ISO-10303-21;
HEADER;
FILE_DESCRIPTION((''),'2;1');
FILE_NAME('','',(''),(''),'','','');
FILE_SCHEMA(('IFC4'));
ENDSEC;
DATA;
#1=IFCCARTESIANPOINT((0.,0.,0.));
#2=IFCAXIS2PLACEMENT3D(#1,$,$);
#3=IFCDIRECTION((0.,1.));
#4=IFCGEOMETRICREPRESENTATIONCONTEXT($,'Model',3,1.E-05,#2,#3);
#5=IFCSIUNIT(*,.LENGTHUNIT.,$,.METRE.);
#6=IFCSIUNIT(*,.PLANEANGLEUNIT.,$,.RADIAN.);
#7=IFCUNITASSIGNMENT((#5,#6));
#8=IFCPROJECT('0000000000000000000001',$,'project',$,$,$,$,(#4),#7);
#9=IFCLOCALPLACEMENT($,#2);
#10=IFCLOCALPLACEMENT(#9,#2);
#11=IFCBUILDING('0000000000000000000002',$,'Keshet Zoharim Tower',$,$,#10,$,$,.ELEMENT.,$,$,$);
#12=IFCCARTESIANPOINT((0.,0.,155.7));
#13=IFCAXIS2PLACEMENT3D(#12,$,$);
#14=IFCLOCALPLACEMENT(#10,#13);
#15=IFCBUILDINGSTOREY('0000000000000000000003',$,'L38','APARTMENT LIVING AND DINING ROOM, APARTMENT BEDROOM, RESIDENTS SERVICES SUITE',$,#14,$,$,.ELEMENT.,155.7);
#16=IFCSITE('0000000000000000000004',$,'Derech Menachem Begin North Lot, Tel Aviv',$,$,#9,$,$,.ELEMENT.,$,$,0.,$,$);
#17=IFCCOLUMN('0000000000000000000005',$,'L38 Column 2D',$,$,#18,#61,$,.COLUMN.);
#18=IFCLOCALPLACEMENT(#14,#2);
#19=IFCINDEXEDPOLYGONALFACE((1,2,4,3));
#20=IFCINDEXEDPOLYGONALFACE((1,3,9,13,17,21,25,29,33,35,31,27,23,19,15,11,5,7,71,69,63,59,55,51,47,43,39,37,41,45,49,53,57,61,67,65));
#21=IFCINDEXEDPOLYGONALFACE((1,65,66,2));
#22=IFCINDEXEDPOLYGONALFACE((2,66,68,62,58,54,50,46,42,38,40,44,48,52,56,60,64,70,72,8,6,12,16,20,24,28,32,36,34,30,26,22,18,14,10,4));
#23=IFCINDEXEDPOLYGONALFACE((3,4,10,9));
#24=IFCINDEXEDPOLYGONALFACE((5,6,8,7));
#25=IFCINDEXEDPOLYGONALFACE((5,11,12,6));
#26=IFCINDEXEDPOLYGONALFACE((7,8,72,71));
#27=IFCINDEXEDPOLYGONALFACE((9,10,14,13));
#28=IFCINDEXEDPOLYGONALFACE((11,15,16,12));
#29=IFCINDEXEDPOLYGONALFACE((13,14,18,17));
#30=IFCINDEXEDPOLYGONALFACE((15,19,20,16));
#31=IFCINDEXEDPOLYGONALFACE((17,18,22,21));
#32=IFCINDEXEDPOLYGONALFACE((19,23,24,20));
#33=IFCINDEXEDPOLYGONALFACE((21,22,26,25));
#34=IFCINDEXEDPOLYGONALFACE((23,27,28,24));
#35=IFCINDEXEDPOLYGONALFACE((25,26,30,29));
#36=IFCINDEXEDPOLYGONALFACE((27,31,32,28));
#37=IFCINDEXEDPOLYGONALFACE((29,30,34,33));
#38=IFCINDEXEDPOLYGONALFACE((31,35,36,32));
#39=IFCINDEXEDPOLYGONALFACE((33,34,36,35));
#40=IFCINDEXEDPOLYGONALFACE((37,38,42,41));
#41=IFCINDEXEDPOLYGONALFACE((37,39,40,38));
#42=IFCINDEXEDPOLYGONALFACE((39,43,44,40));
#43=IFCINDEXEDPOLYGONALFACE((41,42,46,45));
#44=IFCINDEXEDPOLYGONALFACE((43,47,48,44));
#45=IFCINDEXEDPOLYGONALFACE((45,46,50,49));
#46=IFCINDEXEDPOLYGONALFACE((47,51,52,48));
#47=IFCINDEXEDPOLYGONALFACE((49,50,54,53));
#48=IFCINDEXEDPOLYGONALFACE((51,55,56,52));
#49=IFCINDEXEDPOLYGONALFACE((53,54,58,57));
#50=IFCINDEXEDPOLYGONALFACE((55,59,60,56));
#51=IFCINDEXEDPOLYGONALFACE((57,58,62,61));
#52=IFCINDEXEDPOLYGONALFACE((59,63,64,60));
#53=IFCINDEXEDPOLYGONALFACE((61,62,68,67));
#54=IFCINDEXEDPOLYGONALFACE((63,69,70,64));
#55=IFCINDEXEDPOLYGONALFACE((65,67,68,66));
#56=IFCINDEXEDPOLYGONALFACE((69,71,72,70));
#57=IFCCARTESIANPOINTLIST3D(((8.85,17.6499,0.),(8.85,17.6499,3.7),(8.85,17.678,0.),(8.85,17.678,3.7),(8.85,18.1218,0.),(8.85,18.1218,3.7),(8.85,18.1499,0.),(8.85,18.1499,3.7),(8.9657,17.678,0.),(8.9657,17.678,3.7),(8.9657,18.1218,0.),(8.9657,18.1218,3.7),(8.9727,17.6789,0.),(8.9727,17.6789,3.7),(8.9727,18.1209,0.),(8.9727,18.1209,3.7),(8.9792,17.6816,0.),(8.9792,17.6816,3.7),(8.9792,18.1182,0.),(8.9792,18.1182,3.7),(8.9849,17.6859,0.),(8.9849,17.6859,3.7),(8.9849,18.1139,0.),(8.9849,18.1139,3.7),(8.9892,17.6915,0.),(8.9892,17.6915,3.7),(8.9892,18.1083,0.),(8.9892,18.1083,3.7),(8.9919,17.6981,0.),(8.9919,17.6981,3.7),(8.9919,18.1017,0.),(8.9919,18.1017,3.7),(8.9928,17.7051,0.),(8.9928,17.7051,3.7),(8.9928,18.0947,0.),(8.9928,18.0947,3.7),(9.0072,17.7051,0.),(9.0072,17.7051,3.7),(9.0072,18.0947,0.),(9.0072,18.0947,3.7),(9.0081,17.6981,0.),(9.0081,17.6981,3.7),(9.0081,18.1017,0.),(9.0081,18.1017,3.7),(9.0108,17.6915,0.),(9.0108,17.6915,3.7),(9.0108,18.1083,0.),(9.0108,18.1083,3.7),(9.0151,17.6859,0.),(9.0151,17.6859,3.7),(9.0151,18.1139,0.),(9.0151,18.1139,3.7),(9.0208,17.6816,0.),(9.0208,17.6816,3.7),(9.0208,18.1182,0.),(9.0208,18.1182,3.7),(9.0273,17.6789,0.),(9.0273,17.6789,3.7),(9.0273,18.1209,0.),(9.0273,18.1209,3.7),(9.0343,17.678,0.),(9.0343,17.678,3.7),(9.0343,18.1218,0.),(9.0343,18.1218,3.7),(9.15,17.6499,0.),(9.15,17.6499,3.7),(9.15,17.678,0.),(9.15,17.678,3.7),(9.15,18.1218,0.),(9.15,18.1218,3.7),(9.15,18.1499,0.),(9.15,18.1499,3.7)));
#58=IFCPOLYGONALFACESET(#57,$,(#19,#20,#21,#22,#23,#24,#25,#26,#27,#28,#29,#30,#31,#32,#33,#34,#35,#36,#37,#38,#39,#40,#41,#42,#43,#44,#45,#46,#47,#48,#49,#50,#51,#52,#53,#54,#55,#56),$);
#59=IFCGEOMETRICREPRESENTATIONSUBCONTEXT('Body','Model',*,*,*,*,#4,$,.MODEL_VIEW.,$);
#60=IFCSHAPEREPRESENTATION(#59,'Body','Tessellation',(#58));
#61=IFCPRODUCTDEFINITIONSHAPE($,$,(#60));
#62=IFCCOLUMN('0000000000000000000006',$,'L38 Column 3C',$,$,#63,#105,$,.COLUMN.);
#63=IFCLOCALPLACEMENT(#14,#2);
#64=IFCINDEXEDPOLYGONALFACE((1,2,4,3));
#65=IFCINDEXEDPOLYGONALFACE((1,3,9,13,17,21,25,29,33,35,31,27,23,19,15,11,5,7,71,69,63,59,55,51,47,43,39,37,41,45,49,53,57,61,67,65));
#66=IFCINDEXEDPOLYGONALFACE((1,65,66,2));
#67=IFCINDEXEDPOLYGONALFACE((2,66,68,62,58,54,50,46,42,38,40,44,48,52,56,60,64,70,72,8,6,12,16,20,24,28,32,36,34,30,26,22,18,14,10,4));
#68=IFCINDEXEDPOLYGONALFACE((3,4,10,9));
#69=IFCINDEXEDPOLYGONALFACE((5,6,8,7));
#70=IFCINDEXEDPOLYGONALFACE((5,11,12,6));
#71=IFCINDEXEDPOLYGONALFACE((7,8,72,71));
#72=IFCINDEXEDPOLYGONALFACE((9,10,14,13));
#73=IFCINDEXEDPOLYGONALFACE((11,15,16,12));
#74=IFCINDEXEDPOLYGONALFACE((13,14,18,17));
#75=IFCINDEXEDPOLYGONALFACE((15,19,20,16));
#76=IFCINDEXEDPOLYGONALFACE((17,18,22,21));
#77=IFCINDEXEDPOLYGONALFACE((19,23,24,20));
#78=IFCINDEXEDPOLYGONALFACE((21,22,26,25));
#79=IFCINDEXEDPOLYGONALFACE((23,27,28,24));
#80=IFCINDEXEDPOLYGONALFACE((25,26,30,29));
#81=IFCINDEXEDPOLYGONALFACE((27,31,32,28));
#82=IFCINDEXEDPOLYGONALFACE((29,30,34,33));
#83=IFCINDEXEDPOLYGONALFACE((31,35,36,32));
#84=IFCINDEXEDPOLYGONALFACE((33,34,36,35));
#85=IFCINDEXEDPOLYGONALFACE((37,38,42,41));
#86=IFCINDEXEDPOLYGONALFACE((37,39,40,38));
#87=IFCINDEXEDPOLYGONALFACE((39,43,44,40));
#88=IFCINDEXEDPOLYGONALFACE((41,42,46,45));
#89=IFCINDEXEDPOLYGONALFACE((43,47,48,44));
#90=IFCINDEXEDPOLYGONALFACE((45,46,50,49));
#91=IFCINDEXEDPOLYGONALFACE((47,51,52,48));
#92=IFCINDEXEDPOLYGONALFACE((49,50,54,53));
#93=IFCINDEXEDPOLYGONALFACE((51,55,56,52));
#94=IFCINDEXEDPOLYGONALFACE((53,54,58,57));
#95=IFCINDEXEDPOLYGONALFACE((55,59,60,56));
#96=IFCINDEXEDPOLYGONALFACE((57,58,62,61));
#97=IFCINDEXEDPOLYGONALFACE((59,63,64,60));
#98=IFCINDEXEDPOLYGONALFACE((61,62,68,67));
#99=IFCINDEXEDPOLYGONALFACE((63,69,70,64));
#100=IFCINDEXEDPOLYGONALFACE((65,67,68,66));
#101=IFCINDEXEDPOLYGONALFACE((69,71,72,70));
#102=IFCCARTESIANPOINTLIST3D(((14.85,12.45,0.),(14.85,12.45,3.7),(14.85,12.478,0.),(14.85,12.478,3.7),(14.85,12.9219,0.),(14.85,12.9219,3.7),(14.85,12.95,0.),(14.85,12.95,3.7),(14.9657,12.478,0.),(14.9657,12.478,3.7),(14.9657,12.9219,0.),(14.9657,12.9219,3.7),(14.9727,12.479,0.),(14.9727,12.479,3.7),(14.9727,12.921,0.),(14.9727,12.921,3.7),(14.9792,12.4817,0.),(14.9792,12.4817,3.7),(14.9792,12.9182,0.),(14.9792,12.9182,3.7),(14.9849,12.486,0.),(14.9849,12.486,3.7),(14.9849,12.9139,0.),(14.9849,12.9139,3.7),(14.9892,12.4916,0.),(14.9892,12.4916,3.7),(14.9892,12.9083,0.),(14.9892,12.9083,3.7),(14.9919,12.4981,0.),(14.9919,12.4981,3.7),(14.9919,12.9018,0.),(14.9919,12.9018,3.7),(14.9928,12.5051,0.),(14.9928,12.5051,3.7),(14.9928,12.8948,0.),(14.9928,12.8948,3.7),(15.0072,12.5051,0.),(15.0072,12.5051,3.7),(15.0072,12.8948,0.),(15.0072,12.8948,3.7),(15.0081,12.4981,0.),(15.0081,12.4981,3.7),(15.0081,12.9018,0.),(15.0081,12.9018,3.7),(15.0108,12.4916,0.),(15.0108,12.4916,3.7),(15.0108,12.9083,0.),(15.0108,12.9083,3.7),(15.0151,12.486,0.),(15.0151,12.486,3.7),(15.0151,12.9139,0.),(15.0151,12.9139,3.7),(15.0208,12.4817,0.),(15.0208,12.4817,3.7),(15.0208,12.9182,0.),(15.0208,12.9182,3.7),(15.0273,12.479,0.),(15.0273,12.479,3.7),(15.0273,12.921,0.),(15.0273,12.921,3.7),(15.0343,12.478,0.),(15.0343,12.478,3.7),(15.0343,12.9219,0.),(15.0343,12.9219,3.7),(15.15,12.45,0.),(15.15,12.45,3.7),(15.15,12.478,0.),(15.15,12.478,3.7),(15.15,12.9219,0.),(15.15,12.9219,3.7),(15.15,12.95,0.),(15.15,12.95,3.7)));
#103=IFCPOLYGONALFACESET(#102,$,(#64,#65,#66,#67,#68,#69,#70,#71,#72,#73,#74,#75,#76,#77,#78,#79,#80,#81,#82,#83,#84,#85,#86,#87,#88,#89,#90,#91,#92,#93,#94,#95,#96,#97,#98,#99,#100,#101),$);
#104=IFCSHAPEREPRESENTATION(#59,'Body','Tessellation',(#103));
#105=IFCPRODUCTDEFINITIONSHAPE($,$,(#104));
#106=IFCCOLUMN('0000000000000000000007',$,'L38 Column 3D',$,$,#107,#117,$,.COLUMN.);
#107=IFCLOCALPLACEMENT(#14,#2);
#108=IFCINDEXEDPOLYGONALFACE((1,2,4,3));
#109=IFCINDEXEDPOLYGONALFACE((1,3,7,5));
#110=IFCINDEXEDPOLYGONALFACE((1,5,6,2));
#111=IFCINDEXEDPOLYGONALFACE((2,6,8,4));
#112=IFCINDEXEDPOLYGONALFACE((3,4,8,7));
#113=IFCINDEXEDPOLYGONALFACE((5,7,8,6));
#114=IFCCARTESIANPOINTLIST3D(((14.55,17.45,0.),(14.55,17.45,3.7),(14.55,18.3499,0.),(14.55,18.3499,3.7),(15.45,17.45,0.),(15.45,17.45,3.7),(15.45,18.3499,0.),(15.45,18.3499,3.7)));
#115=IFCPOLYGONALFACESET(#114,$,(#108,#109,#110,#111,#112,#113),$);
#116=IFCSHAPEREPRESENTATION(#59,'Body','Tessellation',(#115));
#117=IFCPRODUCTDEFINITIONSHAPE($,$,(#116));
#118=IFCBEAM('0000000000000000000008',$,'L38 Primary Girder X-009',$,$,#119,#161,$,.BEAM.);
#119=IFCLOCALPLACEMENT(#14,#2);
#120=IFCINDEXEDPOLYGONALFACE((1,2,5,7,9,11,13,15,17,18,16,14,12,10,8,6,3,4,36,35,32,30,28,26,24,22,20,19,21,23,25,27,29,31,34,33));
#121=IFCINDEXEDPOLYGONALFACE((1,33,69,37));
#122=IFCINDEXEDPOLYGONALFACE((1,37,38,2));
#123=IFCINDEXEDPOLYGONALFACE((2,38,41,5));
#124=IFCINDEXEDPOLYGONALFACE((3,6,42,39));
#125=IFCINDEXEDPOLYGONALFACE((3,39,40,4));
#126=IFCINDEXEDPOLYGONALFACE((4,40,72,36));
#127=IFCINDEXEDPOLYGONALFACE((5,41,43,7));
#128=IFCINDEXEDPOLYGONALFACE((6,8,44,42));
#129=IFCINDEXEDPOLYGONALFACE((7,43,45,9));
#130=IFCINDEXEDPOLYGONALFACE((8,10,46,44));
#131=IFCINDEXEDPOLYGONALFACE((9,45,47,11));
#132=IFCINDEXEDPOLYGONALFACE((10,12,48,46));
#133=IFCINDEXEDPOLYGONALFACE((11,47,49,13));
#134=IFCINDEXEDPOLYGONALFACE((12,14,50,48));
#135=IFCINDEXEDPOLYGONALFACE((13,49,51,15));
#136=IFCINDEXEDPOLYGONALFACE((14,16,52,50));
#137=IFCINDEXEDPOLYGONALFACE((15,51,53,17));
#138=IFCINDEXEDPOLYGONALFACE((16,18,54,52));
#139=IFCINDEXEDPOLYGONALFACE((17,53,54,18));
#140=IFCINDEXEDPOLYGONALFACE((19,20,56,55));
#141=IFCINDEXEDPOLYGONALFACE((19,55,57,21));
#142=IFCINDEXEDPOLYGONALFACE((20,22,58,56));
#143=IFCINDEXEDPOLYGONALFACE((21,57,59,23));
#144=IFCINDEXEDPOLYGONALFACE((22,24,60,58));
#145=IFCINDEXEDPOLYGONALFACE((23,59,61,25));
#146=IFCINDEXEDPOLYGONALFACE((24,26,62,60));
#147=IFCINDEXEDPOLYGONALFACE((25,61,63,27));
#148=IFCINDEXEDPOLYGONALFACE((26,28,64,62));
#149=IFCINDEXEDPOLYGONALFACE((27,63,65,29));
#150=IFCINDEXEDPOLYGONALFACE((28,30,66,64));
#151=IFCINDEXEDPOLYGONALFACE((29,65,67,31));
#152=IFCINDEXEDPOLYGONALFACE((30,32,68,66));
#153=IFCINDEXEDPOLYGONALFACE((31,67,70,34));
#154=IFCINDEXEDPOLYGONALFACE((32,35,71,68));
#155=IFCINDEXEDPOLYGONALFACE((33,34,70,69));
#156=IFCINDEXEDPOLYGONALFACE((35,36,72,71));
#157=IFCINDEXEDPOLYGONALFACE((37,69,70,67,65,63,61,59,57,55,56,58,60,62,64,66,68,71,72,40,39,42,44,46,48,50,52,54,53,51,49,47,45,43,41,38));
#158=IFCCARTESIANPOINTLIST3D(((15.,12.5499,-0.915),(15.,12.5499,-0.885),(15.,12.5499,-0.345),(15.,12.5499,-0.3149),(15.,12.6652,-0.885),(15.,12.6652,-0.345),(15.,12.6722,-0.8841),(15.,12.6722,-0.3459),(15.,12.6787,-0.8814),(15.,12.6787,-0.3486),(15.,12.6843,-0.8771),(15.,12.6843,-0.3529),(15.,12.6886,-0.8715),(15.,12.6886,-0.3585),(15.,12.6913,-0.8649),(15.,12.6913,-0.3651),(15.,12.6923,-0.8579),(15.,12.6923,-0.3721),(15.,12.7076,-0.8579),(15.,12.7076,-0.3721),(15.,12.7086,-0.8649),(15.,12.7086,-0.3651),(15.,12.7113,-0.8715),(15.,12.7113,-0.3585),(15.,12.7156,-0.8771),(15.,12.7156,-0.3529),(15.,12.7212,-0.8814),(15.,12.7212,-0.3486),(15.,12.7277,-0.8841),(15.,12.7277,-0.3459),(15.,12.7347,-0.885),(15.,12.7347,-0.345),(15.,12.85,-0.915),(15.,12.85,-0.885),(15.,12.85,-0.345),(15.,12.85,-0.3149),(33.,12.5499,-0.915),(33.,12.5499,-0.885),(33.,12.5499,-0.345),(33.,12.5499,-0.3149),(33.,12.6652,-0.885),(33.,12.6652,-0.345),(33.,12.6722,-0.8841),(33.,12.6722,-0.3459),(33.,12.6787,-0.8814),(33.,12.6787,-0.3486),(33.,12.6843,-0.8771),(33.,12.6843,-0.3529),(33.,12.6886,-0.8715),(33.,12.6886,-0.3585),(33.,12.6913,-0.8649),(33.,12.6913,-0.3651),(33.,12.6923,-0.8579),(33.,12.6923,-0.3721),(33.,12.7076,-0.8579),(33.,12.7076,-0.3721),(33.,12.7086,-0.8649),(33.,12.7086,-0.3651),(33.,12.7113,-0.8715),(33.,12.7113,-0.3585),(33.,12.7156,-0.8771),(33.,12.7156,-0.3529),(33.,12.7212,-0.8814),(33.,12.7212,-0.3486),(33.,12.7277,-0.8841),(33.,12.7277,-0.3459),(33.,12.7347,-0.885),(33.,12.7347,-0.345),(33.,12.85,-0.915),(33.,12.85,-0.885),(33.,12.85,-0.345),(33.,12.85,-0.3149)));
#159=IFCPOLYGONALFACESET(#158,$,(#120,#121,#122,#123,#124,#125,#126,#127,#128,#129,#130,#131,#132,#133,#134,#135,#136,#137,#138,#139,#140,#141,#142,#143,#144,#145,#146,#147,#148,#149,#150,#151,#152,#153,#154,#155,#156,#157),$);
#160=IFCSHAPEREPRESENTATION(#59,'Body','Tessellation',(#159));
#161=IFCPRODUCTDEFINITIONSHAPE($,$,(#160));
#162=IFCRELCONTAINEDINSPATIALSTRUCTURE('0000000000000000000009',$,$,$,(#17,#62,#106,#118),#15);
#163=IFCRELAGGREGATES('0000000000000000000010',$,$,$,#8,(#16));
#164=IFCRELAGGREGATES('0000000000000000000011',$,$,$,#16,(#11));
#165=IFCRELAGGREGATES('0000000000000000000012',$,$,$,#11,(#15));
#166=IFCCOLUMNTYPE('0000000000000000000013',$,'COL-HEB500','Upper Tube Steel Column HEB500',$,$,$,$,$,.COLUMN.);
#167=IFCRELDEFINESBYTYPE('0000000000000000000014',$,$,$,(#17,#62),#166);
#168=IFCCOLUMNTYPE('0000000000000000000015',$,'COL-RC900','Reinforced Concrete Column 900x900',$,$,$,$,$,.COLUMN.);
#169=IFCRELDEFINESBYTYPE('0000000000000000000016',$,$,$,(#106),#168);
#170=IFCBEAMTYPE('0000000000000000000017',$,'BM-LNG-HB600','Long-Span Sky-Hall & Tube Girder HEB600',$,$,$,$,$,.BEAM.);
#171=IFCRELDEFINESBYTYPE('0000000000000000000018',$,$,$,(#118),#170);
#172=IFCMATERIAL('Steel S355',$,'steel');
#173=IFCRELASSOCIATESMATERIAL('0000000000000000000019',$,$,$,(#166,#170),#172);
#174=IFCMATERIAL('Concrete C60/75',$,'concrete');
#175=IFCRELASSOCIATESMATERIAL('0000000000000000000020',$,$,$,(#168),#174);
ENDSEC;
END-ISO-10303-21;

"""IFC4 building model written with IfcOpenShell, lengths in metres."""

from ifc_helpers import new_model, si_unit, direction, frame, origin, origin_2d, place, context, subcontext, project, spatial, rectangle, i_section, extrude, material, material_profile, profile_set, type_object, element, save


model = new_model("IFC4")

# Units and contexts
model_context = context("Model", 3, precision=1e-05, world=origin(), true_north=direction((0.0, 1.0)))
body_context = subcontext(model_context, "Body", "Model", "MODEL_VIEW")
ifc_project = project(units=[si_unit("LENGTHUNIT", "METRE"), si_unit("PLANEANGLEUNIT", "RADIAN")], contexts=[model_context])

# Site, building, storey
site_placement = place(None, origin())
site = spatial("IfcSite", under=ifc_project, at=site_placement, Name="Derech Menachem Begin North Lot, Tel Aviv", CompositionType="ELEMENT", RefElevation=0.0)
building_placement = place(site_placement, origin())
building = spatial("IfcBuilding", under=site, at=building_placement, Name="Keshet Zoharim Tower", CompositionType="ELEMENT")
storey_placement = place(building_placement, frame((0.0, 0.0, 155.7)))
storey = spatial("IfcBuildingStorey", under=building, at=storey_placement, Name="L38", Description="APARTMENT LIVING AND DINING ROOM, APARTMENT BEDROOM, RESIDENTS SERVICES SUITE", CompositionType="ELEMENT", Elevation=155.7)

# Columns
ifc_material_1 = material(Name="Steel S355", Category="steel")
ifc_material_profile_1 = material_profile(ifc_material_1, i_section(OverallWidth=0.3, OverallDepth=0.5, WebThickness=0.0144, FlangeThickness=0.0281, FilletRadius=0.0271, at=origin_2d()), Name="HEB500")
ifc_profile_set_1 = profile_set([ifc_material_profile_1], Name="Steel S355")
column_type_1 = type_object("IfcColumnType", Name="COL-HEB500", Description="Upper Tube Steel Column HEB500", PredefinedType="COLUMN", material=ifc_profile_set_1)
for number, where, z_axis, x_axis, name in (
    (1, (9.0, 17.8999, 0.0), (0.0, 0.0, 1.0), (1.0, 0.0, 0.0), "L38 Column 2D"),
    (2, (15.0, 12.7, 0.0), (0.0, 0.0, 1.0), (1.0, 0.0, 0.0), "L38 Column 3C"),
):
    element("IfcColumn", number, at=place(storey_placement, frame(where, z_axis=z_axis, x_axis=x_axis)), inside=storey, type_object=column_type_1, Name=name, PredefinedType="COLUMN", context=body_context, shape_type="SweptSolid", body=[
        extrude(i_section(OverallWidth=0.3, OverallDepth=0.5, WebThickness=0.0144, FlangeThickness=0.0281, FilletRadius=0.0271, at=origin_2d()), origin(), (0.0, 0.0, 1.0), 3.7),
    ])
ifc_material_2 = material(Name="Concrete C60/75", Category="concrete")
ifc_material_profile_2 = material_profile(ifc_material_2, rectangle(XDim=0.8999, YDim=0.8999, at=origin_2d()), Name="RC900x900")
ifc_profile_set_2 = profile_set([ifc_material_profile_2], Name="Concrete C60/75")
column_type_2 = type_object("IfcColumnType", Name="COL-RC900", Description="Reinforced Concrete Column 900x900", PredefinedType="COLUMN", material=ifc_profile_set_2)
column_placement = place(storey_placement, frame((15.0, 17.8999, 0.0), z_axis=(0.0, 0.0, 1.0), x_axis=(1.0, 0.0, 0.0)))
element("IfcColumn", 3, at=column_placement, inside=storey, type_object=column_type_2, Name="L38 Column 3D", PredefinedType="COLUMN", context=body_context, shape_type="SweptSolid", body=[
    extrude(rectangle(XDim=0.8999, YDim=0.8999, at=origin_2d()), origin(), (0.0, 0.0, 1.0), 3.7),
])

# Beam
ifc_material_profile_3 = material_profile(ifc_material_1, i_section(OverallWidth=0.3, OverallDepth=0.6001, WebThickness=0.0154, FlangeThickness=0.03, FilletRadius=0.0271, at=origin_2d()), Name="HEB600")
ifc_profile_set_3 = profile_set([ifc_material_profile_3], Name="Steel S355")
beam_type_1 = type_object("IfcBeamType", Name="BM-LNG-HB600", Description="Long-Span Sky-Hall & Tube Girder HEB600", PredefinedType="BEAM", material=ifc_profile_set_3)
for number, where, z_axis, x_axis, name in (
    (4, (15.0, 12.7, -0.615), (1.0, 0.0, 0.0), (0.0, 1.0, 0.0), "L38 Primary Girder X-009"),
):
    element("IfcBeam", number, at=place(storey_placement, frame(where, z_axis=z_axis, x_axis=x_axis)), inside=storey, type_object=beam_type_1, Name=name, PredefinedType="BEAM", context=body_context, shape_type="SweptSolid", body=[
        extrude(i_section(OverallWidth=0.3, OverallDepth=0.6001, WebThickness=0.0154, FlangeThickness=0.03, FilletRadius=0.0271, at=origin_2d()), origin(), (0.0, 0.0, 1.0), 18.0),
    ])

save(model, "model.ifc")
